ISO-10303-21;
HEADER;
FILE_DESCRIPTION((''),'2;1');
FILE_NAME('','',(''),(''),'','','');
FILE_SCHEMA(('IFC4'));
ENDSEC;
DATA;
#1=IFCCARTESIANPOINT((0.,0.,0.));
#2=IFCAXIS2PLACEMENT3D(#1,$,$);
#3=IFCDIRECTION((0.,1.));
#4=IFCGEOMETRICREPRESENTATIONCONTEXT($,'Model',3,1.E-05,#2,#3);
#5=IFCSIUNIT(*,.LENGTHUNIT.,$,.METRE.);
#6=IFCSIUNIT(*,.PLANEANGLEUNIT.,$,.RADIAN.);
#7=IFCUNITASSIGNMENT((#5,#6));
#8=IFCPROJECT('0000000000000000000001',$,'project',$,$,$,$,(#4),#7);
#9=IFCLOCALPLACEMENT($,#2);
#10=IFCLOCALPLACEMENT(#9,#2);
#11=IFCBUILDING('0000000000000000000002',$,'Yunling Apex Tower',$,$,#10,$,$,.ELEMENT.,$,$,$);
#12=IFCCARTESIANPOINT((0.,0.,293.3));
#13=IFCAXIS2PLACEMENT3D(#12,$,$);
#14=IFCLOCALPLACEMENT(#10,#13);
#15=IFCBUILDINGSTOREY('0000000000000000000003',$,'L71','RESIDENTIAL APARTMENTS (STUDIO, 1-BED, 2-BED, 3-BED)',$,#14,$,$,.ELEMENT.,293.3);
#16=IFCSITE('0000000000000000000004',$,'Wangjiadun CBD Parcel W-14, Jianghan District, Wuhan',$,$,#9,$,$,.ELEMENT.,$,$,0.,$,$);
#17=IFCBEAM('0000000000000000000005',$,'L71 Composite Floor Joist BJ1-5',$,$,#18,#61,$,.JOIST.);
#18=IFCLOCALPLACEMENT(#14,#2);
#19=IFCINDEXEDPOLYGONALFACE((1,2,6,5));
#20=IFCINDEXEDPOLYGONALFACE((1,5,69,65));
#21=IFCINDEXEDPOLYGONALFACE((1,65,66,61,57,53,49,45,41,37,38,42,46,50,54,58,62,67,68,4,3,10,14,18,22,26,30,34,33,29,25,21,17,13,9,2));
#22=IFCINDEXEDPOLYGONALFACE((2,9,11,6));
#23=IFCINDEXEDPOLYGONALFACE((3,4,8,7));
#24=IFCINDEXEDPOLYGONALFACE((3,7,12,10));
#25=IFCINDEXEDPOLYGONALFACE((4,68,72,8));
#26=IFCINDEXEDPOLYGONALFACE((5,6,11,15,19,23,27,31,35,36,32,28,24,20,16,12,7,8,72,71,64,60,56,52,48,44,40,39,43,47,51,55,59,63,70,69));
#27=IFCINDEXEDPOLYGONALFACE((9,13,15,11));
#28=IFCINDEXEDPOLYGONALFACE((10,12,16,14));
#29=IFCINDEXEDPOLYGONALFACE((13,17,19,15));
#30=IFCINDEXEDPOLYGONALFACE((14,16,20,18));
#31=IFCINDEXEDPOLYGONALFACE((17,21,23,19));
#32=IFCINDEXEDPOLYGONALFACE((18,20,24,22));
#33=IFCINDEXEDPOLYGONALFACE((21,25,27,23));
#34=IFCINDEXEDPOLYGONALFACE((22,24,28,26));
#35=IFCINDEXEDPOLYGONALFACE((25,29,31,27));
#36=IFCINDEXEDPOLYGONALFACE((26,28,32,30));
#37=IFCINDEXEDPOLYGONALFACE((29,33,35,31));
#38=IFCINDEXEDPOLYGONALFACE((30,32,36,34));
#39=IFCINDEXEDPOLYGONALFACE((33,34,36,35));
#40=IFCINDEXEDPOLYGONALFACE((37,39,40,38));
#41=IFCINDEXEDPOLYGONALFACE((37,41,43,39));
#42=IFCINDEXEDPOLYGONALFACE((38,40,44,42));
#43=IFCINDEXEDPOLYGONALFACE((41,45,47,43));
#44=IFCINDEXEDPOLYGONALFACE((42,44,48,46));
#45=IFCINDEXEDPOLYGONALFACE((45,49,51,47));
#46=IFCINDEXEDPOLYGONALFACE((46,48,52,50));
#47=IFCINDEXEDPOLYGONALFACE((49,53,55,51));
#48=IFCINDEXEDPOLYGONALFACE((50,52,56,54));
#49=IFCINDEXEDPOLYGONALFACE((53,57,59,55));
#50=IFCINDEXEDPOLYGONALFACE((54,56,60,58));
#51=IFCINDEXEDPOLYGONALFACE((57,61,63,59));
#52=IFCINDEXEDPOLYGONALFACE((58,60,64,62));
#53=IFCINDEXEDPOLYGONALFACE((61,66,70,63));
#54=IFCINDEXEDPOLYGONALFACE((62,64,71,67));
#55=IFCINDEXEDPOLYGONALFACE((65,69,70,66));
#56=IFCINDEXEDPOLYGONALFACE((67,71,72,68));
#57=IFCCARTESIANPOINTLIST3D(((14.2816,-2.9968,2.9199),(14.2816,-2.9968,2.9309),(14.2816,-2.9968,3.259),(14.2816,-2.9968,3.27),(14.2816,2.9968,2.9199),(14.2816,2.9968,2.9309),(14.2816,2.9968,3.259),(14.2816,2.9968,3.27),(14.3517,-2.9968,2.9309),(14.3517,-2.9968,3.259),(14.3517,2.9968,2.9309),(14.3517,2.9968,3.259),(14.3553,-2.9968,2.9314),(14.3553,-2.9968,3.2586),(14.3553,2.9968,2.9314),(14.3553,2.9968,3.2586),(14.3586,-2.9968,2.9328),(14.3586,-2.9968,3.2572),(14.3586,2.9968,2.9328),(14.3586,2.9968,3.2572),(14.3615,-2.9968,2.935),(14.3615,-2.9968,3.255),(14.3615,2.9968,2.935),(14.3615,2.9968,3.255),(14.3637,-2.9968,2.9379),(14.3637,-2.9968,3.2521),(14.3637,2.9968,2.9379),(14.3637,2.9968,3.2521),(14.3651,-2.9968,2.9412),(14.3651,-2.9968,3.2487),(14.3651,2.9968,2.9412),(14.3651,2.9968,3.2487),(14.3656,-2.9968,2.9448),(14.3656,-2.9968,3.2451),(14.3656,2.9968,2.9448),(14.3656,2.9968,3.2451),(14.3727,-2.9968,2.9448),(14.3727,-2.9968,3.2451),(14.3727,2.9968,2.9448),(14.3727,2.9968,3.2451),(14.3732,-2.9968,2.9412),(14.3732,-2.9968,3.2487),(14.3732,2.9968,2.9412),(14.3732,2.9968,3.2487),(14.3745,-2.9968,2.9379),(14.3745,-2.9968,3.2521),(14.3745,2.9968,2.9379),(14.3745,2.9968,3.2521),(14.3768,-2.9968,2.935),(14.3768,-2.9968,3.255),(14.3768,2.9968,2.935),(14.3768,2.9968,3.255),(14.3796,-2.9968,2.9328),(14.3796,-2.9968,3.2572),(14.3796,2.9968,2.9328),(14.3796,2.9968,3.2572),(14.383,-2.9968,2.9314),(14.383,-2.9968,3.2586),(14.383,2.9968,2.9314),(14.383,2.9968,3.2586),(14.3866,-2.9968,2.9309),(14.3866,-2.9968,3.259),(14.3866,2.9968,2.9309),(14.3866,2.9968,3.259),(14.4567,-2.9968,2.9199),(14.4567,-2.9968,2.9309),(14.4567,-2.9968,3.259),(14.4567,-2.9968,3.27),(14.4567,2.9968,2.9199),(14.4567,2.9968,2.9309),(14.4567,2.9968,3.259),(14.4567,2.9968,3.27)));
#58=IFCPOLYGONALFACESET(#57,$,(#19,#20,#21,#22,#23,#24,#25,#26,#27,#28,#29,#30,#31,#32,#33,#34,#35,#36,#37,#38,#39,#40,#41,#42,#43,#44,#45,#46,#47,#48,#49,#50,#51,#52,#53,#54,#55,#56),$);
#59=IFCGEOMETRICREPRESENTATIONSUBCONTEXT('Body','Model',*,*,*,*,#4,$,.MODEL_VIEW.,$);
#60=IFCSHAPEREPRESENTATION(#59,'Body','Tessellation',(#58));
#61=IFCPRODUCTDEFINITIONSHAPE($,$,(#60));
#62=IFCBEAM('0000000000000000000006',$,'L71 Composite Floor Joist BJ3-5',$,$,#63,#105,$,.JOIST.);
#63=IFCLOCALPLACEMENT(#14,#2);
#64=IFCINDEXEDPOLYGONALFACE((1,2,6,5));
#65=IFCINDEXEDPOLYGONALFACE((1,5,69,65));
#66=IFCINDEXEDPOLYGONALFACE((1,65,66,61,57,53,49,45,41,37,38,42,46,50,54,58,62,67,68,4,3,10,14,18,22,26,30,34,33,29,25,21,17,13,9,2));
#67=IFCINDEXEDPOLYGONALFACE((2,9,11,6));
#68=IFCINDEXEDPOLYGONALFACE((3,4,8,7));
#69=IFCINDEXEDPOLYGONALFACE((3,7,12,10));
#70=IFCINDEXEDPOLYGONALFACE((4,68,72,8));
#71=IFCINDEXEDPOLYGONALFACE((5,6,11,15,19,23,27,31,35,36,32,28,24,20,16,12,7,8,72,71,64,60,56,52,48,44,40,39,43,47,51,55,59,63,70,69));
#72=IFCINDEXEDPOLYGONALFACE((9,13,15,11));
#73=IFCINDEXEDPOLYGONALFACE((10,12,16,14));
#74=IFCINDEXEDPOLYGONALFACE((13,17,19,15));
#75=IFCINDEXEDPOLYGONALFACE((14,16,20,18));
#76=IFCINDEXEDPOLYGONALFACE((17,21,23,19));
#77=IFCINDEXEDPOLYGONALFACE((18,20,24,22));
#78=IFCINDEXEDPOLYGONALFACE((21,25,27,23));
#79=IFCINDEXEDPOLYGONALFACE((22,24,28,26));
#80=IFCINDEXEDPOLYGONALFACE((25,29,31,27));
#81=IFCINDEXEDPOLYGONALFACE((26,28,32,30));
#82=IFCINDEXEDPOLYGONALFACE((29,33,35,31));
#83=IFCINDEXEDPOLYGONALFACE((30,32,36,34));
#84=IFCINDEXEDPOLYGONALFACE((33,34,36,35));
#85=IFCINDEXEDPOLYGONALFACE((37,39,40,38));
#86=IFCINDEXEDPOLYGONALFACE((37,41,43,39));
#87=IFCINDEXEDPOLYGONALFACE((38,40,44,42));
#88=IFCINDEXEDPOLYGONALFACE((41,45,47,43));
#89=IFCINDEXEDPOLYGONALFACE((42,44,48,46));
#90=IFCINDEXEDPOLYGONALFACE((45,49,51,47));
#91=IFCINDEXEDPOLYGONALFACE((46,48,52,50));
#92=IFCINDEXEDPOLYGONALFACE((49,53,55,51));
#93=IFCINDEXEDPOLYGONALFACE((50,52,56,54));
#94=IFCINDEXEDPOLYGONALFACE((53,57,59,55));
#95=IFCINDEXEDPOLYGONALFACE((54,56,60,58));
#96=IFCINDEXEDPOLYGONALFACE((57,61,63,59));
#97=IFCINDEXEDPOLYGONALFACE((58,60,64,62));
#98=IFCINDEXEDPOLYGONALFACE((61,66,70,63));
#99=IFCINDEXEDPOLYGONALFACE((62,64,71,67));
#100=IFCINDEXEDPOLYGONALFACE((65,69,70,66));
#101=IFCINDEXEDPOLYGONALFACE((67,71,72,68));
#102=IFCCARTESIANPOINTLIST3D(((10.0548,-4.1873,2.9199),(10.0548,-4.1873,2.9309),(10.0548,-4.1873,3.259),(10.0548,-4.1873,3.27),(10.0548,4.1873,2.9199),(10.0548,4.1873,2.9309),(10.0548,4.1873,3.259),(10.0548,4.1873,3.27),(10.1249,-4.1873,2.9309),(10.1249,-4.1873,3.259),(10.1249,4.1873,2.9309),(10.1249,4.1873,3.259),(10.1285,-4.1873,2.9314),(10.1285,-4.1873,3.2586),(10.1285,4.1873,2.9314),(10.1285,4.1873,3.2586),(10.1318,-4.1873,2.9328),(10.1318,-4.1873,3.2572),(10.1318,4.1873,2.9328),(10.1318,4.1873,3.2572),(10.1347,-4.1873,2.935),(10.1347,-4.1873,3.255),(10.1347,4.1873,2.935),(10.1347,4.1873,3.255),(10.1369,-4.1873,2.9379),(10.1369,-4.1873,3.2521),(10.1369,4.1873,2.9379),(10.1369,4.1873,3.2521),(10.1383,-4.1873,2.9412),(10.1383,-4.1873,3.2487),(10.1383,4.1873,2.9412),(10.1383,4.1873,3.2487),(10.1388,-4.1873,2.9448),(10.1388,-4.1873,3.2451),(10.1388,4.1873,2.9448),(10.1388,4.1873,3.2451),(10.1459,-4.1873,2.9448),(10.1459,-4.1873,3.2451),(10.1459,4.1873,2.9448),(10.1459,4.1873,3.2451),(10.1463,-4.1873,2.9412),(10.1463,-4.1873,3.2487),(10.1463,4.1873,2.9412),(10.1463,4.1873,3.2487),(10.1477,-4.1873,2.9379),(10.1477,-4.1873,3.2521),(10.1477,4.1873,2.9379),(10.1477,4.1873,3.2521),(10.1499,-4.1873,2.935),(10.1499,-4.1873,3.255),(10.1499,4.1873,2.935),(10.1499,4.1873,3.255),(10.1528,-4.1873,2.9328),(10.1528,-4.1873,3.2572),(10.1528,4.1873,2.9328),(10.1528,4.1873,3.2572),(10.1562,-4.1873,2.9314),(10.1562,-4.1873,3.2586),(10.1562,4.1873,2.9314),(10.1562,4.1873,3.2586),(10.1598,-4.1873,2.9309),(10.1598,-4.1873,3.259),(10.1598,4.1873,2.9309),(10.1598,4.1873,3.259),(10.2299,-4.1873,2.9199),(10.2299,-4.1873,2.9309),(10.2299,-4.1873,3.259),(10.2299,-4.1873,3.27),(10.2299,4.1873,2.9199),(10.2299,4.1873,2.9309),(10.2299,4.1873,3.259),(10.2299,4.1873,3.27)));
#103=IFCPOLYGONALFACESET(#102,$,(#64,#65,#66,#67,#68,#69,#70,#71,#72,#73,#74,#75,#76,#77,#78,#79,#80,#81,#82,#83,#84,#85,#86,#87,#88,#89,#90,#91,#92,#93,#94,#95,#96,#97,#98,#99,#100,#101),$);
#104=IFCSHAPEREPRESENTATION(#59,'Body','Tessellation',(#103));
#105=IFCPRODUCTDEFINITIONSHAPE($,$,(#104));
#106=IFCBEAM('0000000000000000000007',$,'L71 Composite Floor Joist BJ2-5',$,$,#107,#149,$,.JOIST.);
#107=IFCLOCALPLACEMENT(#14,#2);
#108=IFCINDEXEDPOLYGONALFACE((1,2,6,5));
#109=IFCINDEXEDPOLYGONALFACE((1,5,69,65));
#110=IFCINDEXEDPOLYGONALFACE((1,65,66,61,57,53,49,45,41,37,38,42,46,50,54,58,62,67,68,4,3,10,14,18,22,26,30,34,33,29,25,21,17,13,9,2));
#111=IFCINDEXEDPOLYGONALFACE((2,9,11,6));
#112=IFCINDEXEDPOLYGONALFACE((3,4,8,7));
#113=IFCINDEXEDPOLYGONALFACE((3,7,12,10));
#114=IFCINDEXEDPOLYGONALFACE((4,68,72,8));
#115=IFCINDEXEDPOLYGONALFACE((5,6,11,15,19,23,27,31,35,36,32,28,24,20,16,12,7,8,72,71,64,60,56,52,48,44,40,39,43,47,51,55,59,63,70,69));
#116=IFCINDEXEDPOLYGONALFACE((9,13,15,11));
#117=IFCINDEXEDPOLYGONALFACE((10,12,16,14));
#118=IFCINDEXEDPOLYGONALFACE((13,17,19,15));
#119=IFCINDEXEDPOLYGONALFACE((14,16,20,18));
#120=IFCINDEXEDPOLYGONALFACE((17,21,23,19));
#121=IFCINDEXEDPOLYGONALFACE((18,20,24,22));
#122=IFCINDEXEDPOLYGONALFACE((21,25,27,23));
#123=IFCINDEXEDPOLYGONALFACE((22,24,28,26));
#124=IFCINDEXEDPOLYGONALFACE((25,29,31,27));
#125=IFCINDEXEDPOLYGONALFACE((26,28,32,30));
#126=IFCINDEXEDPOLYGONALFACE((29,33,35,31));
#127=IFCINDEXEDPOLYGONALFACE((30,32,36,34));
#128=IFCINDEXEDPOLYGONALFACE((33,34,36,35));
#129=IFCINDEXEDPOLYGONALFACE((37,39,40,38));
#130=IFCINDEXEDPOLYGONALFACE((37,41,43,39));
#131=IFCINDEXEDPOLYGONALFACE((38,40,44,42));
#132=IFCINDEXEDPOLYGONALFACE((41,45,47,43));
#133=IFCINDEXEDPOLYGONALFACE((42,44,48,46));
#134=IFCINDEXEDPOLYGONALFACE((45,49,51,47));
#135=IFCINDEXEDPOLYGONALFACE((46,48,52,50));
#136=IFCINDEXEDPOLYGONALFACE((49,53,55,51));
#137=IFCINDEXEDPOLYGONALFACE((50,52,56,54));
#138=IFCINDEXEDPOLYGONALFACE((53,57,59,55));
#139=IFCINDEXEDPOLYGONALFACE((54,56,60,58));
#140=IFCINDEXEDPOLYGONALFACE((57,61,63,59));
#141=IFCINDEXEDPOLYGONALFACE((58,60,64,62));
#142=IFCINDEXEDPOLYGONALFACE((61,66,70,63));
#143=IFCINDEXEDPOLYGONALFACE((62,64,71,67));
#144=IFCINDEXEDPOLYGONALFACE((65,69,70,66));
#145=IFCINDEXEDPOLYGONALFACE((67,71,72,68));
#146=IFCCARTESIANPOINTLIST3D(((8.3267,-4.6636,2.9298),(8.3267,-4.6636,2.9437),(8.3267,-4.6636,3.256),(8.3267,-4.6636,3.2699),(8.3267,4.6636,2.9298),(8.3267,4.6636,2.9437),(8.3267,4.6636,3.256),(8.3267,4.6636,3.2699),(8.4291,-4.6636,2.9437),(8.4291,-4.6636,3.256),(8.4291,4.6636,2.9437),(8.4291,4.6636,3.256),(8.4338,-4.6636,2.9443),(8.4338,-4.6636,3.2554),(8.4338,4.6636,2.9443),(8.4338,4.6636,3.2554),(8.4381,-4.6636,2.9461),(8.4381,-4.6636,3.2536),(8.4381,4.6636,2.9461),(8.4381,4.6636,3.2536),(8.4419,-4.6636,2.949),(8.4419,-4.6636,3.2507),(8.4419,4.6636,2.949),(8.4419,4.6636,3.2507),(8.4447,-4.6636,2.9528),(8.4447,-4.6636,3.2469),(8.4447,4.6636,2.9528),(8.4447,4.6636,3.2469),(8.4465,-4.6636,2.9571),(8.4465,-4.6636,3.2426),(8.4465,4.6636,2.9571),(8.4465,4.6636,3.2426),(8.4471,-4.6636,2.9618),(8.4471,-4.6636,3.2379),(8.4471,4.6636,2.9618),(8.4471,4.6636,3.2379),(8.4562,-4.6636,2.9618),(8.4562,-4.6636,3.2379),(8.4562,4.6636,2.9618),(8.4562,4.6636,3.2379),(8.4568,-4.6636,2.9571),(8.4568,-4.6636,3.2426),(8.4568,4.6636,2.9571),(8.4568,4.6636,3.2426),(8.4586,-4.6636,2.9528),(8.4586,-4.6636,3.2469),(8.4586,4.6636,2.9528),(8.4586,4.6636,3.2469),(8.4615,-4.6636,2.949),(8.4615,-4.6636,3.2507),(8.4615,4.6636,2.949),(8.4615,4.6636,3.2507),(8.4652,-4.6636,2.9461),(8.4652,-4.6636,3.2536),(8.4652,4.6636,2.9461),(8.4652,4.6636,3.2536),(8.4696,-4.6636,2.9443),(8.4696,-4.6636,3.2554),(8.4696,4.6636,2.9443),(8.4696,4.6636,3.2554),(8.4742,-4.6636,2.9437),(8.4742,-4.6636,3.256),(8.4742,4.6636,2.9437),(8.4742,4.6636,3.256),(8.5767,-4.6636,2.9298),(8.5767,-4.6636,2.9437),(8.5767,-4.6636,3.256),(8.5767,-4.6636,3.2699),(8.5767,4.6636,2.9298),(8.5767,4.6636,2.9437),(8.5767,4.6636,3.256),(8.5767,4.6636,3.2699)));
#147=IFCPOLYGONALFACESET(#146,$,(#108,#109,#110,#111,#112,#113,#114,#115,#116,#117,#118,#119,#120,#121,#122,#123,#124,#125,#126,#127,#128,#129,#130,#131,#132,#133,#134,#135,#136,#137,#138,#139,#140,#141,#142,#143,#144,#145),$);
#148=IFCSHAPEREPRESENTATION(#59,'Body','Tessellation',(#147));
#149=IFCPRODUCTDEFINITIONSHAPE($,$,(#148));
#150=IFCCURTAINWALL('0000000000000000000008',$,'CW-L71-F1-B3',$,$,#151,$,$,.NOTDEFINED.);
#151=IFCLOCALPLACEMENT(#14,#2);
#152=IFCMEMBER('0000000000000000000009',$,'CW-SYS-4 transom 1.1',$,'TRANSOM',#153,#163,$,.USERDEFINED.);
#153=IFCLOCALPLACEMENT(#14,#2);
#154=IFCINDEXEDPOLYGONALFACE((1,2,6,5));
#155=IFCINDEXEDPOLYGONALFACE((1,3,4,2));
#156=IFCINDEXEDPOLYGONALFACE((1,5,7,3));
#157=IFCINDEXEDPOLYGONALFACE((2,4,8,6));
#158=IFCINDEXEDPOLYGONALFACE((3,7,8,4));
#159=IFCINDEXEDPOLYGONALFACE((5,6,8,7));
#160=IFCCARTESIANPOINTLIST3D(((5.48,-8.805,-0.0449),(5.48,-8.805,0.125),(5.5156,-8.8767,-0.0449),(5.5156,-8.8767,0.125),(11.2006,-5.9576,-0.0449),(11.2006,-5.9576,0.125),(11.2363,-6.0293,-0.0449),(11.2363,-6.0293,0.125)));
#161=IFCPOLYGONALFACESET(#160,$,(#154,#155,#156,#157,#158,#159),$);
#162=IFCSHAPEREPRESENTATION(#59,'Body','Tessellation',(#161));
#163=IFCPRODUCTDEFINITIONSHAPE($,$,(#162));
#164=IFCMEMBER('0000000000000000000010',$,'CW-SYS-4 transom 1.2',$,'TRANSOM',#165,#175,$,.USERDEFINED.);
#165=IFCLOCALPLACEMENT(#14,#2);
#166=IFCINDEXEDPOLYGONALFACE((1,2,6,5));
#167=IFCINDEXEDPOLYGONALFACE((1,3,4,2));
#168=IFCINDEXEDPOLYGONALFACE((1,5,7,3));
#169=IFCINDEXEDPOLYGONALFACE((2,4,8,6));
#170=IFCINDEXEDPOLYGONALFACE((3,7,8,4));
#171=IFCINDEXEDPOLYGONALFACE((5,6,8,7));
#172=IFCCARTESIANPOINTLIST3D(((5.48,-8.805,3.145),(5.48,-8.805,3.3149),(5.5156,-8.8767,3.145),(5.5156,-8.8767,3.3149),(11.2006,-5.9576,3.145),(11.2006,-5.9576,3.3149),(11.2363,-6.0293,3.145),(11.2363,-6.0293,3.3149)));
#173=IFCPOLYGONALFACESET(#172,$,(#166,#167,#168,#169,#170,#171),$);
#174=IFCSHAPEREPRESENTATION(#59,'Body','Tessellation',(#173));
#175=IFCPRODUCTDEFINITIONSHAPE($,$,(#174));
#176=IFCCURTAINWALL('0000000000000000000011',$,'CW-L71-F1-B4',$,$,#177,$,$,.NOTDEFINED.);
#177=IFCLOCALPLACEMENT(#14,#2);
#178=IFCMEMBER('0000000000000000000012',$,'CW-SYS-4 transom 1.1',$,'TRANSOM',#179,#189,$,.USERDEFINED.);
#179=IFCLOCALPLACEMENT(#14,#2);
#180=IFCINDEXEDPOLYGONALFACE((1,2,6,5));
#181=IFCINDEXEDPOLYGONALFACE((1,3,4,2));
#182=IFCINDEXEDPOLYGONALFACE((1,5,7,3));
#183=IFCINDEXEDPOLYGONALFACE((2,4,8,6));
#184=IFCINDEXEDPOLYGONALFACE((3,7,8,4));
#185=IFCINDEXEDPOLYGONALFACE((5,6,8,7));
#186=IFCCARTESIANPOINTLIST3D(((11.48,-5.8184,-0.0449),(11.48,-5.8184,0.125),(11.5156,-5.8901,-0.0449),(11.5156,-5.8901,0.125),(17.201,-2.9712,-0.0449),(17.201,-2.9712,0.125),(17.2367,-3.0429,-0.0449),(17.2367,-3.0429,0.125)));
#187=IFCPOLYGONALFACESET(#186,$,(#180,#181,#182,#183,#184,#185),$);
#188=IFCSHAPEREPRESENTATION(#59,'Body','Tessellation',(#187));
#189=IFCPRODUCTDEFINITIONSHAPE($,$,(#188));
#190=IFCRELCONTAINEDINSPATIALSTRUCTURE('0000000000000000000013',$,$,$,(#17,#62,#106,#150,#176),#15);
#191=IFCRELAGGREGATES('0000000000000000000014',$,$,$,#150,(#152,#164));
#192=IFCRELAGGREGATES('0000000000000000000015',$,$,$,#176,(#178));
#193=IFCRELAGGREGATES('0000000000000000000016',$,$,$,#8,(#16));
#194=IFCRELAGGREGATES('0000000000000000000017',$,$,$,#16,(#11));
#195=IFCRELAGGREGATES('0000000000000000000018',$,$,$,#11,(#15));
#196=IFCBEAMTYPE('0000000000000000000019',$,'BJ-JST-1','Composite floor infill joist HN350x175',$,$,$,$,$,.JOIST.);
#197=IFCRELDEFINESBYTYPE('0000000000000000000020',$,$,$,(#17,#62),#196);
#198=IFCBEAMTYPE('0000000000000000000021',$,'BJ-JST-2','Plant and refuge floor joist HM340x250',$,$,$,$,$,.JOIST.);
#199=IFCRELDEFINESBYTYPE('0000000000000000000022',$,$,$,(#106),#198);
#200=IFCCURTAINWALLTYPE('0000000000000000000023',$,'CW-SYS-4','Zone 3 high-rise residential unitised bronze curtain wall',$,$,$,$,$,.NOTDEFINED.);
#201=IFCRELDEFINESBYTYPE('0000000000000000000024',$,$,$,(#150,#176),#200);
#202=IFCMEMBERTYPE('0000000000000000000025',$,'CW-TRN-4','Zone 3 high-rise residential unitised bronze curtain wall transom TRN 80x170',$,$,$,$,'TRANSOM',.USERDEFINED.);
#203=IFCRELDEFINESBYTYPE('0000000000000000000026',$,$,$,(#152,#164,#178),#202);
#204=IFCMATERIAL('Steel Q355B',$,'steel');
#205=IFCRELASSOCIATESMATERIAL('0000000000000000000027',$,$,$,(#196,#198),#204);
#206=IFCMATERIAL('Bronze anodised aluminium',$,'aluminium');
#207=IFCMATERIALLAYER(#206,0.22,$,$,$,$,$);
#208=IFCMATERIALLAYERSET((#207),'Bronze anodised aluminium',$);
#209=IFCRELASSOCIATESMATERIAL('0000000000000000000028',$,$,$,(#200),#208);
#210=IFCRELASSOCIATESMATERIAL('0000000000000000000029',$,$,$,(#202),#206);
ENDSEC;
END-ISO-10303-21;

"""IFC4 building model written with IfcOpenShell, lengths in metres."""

from ifc_helpers import new_model, si_unit, direction, frame, origin, origin_2d, place, context, subcontext, project, spatial, rectangle, i_section, extrude, source, transform, mapped, material, layer, layer_set, material_profile, profile_set, type_object, element, aggregate, save


model = new_model("IFC4")

# Units and contexts
model_context = context("Model", 3, precision=1e-05, world=origin(), true_north=direction((0.0, 1.0)))
body_context = subcontext(model_context, "Body", "Model", "MODEL_VIEW")
ifc_project = project(units=[si_unit("LENGTHUNIT", "METRE"), si_unit("PLANEANGLEUNIT", "RADIAN")], contexts=[model_context])

# Site, building, storey
site_placement = place(None, origin())
site = spatial("IfcSite", under=ifc_project, at=site_placement, Name="Wangjiadun CBD Parcel W-14, Jianghan District, Wuhan", CompositionType="ELEMENT", RefElevation=0.0)
building_placement = place(site_placement, origin())
building = spatial("IfcBuilding", under=site, at=building_placement, Name="Yunling Apex Tower", CompositionType="ELEMENT")
storey_placement = place(building_placement, frame((0.0, 0.0, 293.3)))
storey = spatial("IfcBuildingStorey", under=building, at=storey_placement, Name="L71", Description="RESIDENTIAL APARTMENTS (STUDIO, 1-BED, 2-BED, 3-BED)", CompositionType="ELEMENT", Elevation=293.3)

# Shared definitions
ifc_material_1 = material(Name="Steel Q355B", Category="steel")

# Beams
ifc_material_profile_1 = material_profile(ifc_material_1, i_section(OverallWidth=0.175, OverallDepth=0.3501, WebThickness=0.0071, FlangeThickness=0.011, FilletRadius=0.0139, at=origin_2d()))
ifc_profile_set_1 = profile_set([ifc_material_profile_1], Name="Steel Q355B")
beam_type_1 = type_object("IfcBeamType", Name="BJ-JST-1", Description="Composite floor infill joist HN350x175", PredefinedType="JOIST", material=ifc_profile_set_1)
shared_shape_1 = source(origin(), body_context, "Body", "SweptSolid", [
    extrude(i_section(OverallWidth=0.175, OverallDepth=0.3501, WebThickness=0.0071, FlangeThickness=0.011, FilletRadius=0.0139, at=origin_2d()), origin(), (0.0, 0.0, 1.0), 5.9937),
])
beam_1_placement = place(storey_placement, frame((14.3691, -2.9968, 3.095), z_axis=(0.0, 1.0, 0.0), x_axis=(-1.0, 0.0, 0.0)))
element("IfcBeam", 1, at=beam_1_placement, inside=storey, type_object=beam_type_1, Name="L71 Composite Floor Joist BJ1-5", PredefinedType="JOIST", context=body_context, shape_type="MappedRepresentation", body=[
    mapped(shared_shape_1, transform((0.0, 0.0, 0.0), scale=1.0)),
])
shared_shape_2 = source(origin(), body_context, "Body", "SweptSolid", [
    extrude(i_section(OverallWidth=0.175, OverallDepth=0.3501, WebThickness=0.0071, FlangeThickness=0.011, FilletRadius=0.0139, at=origin_2d()), origin(), (0.0, 0.0, 1.0), 8.3745),
])
beam_2_placement = place(storey_placement, frame((10.1423, -4.1873, 3.095), z_axis=(0.0, 1.0, 0.0), x_axis=(-1.0, 0.0, 0.0)))
element("IfcBeam", 2, at=beam_2_placement, inside=storey, type_object=beam_type_1, Name="L71 Composite Floor Joist BJ3-5", PredefinedType="JOIST", context=body_context, shape_type="MappedRepresentation", body=[
    mapped(shared_shape_2, transform((0.0, 0.0, 0.0), scale=1.0)),
])
ifc_material_profile_2 = material_profile(ifc_material_1, i_section(OverallWidth=0.25, OverallDepth=0.3401, WebThickness=0.009, FlangeThickness=0.0139, FilletRadius=0.0181, at=origin_2d()))
ifc_profile_set_2 = profile_set([ifc_material_profile_2], Name="Steel Q355B")
beam_type_2 = type_object("IfcBeamType", Name="BJ-JST-2", Description="Plant and refuge floor joist HM340x250", PredefinedType="JOIST", material=ifc_profile_set_2)
shared_shape_3 = source(origin(), body_context, "Body", "SweptSolid", [
    extrude(i_section(OverallWidth=0.25, OverallDepth=0.3401, WebThickness=0.009, FlangeThickness=0.0139, FilletRadius=0.0181, at=origin_2d()), origin(), (0.0, 0.0, 1.0), 9.3271),
])
beam_3_placement = place(storey_placement, frame((8.4517, -4.6636, 3.0999), z_axis=(0.0, 1.0, 0.0), x_axis=(-1.0, 0.0, 0.0)))
element("IfcBeam", 3, at=beam_3_placement, inside=storey, type_object=beam_type_2, Name="L71 Composite Floor Joist BJ2-5", PredefinedType="JOIST", context=body_context, shape_type="MappedRepresentation", body=[
    mapped(shared_shape_3, transform((0.0, 0.0, 0.0), scale=1.0)),
])

# Curtain walls, members
ifc_material_2 = material(Name="Bronze anodised aluminium", Category="aluminium")
ifc_layer_1 = layer(ifc_material_2, 0.22)
ifc_layer_set_1 = layer_set([ifc_layer_1], Name="Bronze anodised aluminium")
curtain_wall_type = type_object("IfcCurtainWallType", Name="CW-SYS-4", Description="Zone 3 high-rise residential unitised bronze curtain wall", PredefinedType="NOTDEFINED", material=ifc_layer_set_1)
curtain_wall_1_placement = place(storey_placement, origin())
curtain_wall_1 = element("IfcCurtainWall", 4, at=curtain_wall_1_placement, inside=storey, type_object=curtain_wall_type, Name="CW-L71-F1-B3", PredefinedType="NOTDEFINED")
ifc_material_profile_3 = material_profile(ifc_material_2, rectangle(XDim=0.0801, YDim=0.1699, at=origin_2d()))
ifc_profile_set_3 = profile_set([ifc_material_profile_3], Name="Bronze anodised aluminium")
member_type_1 = type_object("IfcMemberType", Name="CW-TRN-4", Description="Zone 3 high-rise residential unitised bronze curtain wall transom TRN 80x170", ElementType="TRANSOM", PredefinedType="USERDEFINED", material=ifc_profile_set_3)
shared_shape_4 = source(origin(), body_context, "Body", "SweptSolid", [
    extrude(rectangle(XDim=0.0801, YDim=0.1699, at=origin_2d()), origin(), (0.0, 0.0, 1.0), 6.3901),
])
member_1_placement = place(storey_placement, frame((5.4978, -8.8408, 0.04), z_axis=(0.895236, 0.445593, 0.0), x_axis=(-0.445593, 0.895236, 0.0)))
member_1 = element("IfcMember", 5, at=member_1_placement, type_object=member_type_1, Name="CW-SYS-4 transom 1.1", ObjectType="TRANSOM", PredefinedType="USERDEFINED", context=body_context, shape_type="MappedRepresentation", body=[
    mapped(shared_shape_4, transform((0.0, 0.0, 0.0), scale=1.0)),
])
member_2_placement = place(storey_placement, frame((5.4978, -8.8408, 3.23), z_axis=(0.895236, 0.445593, 0.0), x_axis=(-0.445593, 0.895236, 0.0)))
member_2 = element("IfcMember", 6, at=member_2_placement, type_object=member_type_1, Name="CW-SYS-4 transom 1.2", ObjectType="TRANSOM", PredefinedType="USERDEFINED", context=body_context, shape_type="MappedRepresentation", body=[
    mapped(shared_shape_4, transform((0.0, 0.0, 0.0), scale=1.0)),
])
curtain_wall_2_placement = place(storey_placement, origin())
curtain_wall_2 = element("IfcCurtainWall", 7, at=curtain_wall_2_placement, inside=storey, type_object=curtain_wall_type, Name="CW-L71-F1-B4", PredefinedType="NOTDEFINED")
shared_shape_5 = source(origin(), body_context, "Body", "SweptSolid", [
    extrude(rectangle(XDim=0.0801, YDim=0.1699, at=origin_2d()), origin(), (0.0, 0.0, 1.0), 6.3904),
])
member_3_placement = place(storey_placement, frame((11.4978, -5.8542, 0.04), z_axis=(0.895259, 0.445547, 0.0), x_axis=(-0.445547, 0.895259, 0.0)))
member_3 = element("IfcMember", 8, at=member_3_placement, type_object=member_type_1, Name="CW-SYS-4 transom 1.1", ObjectType="TRANSOM", PredefinedType="USERDEFINED", context=body_context, shape_type="MappedRepresentation", body=[
    mapped(shared_shape_5, transform((0.0, 0.0, 0.0), scale=1.0)),
])

aggregate(curtain_wall_1, [member_1, member_2])
aggregate(curtain_wall_2, [member_3])

save(model, "model.ifc")
